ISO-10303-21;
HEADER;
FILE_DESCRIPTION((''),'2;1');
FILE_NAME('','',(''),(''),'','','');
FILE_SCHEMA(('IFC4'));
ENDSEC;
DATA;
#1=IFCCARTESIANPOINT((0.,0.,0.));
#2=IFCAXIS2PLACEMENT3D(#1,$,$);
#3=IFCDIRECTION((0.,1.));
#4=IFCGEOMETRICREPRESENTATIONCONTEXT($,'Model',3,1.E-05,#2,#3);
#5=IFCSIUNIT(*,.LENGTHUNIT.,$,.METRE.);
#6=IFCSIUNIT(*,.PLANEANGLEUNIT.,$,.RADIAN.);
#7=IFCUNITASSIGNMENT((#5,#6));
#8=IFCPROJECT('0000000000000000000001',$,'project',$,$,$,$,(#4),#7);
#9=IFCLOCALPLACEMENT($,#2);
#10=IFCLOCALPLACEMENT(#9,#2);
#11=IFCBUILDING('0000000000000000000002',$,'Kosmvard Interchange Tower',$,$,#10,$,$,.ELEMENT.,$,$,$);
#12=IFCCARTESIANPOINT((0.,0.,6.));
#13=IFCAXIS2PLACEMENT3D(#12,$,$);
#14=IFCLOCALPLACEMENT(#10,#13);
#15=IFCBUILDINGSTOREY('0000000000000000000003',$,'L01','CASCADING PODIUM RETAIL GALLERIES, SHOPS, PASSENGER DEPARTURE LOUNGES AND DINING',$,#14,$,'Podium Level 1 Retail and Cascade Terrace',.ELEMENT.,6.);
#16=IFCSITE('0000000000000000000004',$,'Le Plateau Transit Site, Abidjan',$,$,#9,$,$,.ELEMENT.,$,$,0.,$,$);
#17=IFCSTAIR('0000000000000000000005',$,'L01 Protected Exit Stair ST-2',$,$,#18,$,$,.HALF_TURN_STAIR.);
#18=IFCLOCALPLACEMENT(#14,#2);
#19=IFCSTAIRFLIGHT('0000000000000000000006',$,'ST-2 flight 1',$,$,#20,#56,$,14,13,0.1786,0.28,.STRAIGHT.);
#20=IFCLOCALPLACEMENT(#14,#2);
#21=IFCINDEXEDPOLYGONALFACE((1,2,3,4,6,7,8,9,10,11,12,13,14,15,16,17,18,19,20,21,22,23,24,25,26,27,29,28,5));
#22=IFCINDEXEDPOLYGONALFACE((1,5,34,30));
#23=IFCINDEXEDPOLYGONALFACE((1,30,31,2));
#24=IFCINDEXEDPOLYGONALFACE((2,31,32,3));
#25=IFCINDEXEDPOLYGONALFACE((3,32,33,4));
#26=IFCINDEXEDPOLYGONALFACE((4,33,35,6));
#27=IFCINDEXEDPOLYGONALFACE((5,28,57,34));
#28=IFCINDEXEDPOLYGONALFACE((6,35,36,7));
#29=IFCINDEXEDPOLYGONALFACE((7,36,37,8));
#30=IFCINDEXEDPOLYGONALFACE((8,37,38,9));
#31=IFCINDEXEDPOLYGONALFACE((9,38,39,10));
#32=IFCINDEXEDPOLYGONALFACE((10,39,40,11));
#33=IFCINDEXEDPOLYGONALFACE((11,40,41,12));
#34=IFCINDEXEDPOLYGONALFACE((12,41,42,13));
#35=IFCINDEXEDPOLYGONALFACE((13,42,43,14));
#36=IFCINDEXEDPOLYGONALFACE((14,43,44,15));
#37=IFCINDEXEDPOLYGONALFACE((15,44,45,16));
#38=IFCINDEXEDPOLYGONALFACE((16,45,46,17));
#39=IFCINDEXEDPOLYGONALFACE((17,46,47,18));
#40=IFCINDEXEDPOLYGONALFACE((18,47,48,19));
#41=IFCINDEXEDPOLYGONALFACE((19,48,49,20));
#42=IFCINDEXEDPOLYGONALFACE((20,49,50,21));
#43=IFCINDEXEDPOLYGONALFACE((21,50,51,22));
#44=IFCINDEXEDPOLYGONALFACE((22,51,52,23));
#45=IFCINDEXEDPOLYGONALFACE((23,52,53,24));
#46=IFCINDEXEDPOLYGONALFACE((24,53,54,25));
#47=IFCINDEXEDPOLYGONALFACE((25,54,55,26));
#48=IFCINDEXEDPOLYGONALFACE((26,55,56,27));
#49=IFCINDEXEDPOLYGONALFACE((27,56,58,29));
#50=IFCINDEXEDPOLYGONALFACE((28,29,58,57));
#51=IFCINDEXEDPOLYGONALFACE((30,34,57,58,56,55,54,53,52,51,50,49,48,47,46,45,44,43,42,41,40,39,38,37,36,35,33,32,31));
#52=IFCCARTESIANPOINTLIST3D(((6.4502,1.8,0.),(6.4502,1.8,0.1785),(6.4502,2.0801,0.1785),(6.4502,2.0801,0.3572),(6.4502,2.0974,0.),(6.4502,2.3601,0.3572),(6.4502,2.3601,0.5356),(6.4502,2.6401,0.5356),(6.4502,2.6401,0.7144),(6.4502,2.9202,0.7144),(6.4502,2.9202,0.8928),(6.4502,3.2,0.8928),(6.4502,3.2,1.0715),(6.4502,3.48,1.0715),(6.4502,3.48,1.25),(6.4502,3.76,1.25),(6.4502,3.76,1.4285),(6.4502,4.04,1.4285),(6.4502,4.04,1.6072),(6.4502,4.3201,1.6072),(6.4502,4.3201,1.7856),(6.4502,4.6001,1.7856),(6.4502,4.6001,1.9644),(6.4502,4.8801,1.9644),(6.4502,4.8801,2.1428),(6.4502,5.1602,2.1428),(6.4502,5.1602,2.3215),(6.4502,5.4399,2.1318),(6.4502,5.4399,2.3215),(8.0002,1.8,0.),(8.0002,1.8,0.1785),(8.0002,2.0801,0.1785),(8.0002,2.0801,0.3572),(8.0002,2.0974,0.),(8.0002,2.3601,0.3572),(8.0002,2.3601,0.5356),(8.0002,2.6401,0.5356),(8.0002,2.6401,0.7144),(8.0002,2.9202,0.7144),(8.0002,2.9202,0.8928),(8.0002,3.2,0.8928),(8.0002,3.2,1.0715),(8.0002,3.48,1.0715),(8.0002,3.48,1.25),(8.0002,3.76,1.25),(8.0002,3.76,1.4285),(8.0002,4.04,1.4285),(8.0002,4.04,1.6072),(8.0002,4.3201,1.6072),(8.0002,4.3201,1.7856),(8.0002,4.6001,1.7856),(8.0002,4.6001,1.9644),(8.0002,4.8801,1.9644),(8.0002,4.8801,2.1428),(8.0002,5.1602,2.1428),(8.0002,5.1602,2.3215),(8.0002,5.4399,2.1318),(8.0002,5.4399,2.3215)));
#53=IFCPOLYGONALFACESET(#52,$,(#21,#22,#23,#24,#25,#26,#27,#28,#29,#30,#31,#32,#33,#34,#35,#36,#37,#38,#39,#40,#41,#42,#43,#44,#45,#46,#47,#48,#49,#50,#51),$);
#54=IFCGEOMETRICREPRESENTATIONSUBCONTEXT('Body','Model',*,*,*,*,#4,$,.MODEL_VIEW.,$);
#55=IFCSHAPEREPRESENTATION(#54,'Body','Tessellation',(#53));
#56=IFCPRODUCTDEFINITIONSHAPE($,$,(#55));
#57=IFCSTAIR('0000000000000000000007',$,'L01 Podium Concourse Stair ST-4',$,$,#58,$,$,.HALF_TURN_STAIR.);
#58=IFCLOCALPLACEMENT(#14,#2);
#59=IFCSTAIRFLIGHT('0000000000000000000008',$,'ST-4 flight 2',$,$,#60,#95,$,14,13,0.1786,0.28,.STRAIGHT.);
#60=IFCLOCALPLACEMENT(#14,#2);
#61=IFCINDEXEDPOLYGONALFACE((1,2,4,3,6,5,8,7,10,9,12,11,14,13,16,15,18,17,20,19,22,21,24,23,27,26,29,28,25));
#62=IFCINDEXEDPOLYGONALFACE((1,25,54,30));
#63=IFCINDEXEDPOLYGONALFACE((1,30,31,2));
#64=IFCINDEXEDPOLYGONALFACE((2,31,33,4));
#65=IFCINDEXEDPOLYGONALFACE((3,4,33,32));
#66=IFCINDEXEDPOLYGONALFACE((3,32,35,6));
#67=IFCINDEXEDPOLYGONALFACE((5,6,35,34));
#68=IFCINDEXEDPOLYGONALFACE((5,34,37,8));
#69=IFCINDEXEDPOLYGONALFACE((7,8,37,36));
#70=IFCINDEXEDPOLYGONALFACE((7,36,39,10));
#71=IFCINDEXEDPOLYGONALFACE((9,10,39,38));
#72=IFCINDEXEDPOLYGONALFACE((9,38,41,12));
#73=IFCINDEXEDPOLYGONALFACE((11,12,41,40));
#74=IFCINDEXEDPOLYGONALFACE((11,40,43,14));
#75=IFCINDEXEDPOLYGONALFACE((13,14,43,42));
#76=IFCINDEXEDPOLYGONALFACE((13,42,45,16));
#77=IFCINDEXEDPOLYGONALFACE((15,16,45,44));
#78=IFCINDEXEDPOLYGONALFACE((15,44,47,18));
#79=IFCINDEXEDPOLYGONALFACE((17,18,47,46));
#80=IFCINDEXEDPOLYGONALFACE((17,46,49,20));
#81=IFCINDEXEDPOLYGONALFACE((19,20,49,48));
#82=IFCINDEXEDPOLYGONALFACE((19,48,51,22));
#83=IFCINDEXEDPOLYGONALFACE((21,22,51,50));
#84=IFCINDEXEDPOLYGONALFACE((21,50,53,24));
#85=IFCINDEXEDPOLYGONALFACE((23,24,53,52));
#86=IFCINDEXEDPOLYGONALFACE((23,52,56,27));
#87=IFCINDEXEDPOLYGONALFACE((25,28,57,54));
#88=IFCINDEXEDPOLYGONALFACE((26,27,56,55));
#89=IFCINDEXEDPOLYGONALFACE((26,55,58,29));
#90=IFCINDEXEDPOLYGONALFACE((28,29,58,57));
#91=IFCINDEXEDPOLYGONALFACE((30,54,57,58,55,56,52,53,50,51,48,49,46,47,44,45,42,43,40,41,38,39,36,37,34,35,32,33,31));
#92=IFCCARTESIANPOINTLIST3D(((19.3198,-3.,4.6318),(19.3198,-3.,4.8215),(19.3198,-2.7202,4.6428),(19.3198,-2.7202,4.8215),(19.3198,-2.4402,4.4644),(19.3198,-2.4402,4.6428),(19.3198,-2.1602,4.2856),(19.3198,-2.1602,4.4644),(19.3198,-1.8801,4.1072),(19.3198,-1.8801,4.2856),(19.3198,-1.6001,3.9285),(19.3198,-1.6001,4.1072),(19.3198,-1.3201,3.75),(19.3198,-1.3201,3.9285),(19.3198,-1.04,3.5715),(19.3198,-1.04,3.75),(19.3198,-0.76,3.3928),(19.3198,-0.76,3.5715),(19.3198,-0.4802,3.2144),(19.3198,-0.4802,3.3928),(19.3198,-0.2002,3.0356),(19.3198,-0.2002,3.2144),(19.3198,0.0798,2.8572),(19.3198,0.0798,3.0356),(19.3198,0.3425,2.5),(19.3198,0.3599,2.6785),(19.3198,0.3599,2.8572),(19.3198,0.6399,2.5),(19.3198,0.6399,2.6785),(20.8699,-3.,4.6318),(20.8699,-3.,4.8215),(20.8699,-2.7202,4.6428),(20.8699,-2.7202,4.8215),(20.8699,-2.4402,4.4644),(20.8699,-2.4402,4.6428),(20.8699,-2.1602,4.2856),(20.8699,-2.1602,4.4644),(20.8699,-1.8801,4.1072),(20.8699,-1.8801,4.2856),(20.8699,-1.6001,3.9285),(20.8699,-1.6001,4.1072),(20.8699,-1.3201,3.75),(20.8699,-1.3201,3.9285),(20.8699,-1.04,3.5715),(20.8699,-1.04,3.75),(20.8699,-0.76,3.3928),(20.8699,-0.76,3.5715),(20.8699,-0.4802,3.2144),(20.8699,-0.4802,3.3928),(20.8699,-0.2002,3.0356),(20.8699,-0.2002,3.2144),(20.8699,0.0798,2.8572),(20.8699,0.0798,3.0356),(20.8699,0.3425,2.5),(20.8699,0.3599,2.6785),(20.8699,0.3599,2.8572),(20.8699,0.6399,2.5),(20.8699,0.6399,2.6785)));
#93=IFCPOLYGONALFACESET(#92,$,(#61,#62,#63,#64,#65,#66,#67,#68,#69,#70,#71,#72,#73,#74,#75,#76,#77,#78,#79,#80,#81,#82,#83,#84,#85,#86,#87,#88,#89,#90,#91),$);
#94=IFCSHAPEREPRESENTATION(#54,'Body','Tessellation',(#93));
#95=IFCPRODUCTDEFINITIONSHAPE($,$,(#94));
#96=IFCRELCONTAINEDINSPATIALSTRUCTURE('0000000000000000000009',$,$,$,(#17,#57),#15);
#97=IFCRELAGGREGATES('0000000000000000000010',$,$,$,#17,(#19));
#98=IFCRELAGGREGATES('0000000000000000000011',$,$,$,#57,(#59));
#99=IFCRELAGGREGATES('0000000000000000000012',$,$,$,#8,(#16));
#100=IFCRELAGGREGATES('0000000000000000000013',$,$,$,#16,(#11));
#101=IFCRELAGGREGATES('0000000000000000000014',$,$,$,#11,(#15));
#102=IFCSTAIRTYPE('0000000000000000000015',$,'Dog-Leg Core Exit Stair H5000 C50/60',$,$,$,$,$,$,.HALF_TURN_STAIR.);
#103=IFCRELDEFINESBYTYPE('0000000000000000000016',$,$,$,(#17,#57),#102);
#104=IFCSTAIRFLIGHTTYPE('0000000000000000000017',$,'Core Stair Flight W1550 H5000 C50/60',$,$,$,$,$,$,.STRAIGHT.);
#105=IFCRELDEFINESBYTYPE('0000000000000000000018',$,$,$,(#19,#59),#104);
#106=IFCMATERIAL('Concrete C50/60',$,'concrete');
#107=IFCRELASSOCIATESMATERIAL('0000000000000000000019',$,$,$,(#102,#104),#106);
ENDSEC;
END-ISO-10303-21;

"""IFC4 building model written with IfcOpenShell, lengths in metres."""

from ifc_helpers import new_model, si_unit, direction, frame, origin, place, context, subcontext, project, spatial, polyline, outline, extrude, source, transform, mapped, material, type_object, element, aggregate, save


model = new_model("IFC4")

# Units and contexts
model_context = context("Model", 3, precision=1e-05, world=origin(), true_north=direction((0.0, 1.0)))
body_context = subcontext(model_context, "Body", "Model", "MODEL_VIEW")
ifc_project = project(units=[si_unit("LENGTHUNIT", "METRE"), si_unit("PLANEANGLEUNIT", "RADIAN")], contexts=[model_context])

# Site, building, storey
site_placement = place(None, origin())
site = spatial("IfcSite", under=ifc_project, at=site_placement, Name="Le Plateau Transit Site, Abidjan", CompositionType="ELEMENT", RefElevation=0.0)
building_placement = place(site_placement, origin())
building = spatial("IfcBuilding", under=site, at=building_placement, Name="Kosmvard Interchange Tower", CompositionType="ELEMENT")
storey_placement = place(building_placement, frame((0.0, 0.0, 6.0)))
storey = spatial("IfcBuildingStorey", under=building, at=storey_placement, Name="L01", Description="CASCADING PODIUM RETAIL GALLERIES, SHOPS, PASSENGER DEPARTURE LOUNGES AND DINING", LongName="Podium Level 1 Retail and Cascade Terrace", CompositionType="ELEMENT", Elevation=6.0)

# Stairs, stair flights
ifc_material_1 = material(Name="Concrete C50/60", Category="concrete")
stair_type = type_object("IfcStairType", Name="Dog-Leg Core Exit Stair H5000 C50/60", PredefinedType="HALF_TURN_STAIR", material=ifc_material_1)
stair_1_placement = place(storey_placement, origin())
stair_1 = element("IfcStair", 1, at=stair_1_placement, inside=storey, type_object=stair_type, Name="L01 Protected Exit Stair ST-2", PredefinedType="HALF_TURN_STAIR")
stair_flight_type = type_object("IfcStairFlightType", Name="Core Stair Flight W1550 H5000 C50/60", PredefinedType="STRAIGHT", material=ifc_material_1)
shared_shape_1 = source(origin(), body_context, "Body", "SweptSolid", [
    extrude(outline(polyline([(0.0, 0.0), (0.0, 0.1785), (0.28, 0.1785), (0.28, 0.3572), (0.5601, 0.3572), (0.5601, 0.5356), (0.8401, 0.5356), (0.8401, 0.7144), (1.1201, 0.7144), (1.1201, 0.8928), (1.3999, 0.8928), (1.3999, 1.0715), (1.6799, 1.0715), (1.6799, 1.25), (1.96, 1.25), (1.96, 1.4285), (2.24, 1.4285), (2.24, 1.6072), (2.52, 1.6072), (2.52, 1.7856), (2.8, 1.7856), (2.8, 1.9644), (3.0801, 1.9644), (3.0801, 2.1428), (3.3601, 2.1428), (3.3601, 2.3215), (3.6399, 2.3215), (3.6399, 2.5), (3.6399, 2.1318), (0.2974, 0.0), (0.0, 0.0)])), frame((0.0, 0.7749, 0.0), z_axis=(0.0, -1.0, 0.0), x_axis=(1.0, 0.0, 0.0)), (0.0, 0.0, 1.0), 1.55),
])
stair_flight_1_placement = place(storey_placement, frame((7.2251, 1.8, 0.0), z_axis=(0.0, 0.0, 1.0), x_axis=(0.0, 1.0, 0.0)))
stair_flight_1 = element("IfcStairFlight", 2, at=stair_flight_1_placement, type_object=stair_flight_type, Name="ST-2 flight 1", NumberOfRisers=14, NumberOfTreads=13, PredefinedType="STRAIGHT", RiserHeight=0.1786, TreadLength=0.28, context=body_context, shape_type="MappedRepresentation", body=[
    mapped(shared_shape_1, transform((0.0, 0.0, 0.0), scale=1.0)),
])
aggregate(stair_1, [stair_flight_1])
stair_2_placement = place(storey_placement, origin())
stair_2 = element("IfcStair", 3, at=stair_2_placement, inside=storey, type_object=stair_type, Name="L01 Podium Concourse Stair ST-4", PredefinedType="HALF_TURN_STAIR")
stair_flight_2_placement = place(storey_placement, frame((20.095, 0.6399, 2.5), z_axis=(0.0, 0.0, 1.0), x_axis=(0.0, -1.0, 0.0)))
stair_flight_2 = element("IfcStairFlight", 4, at=stair_flight_2_placement, type_object=stair_flight_type, Name="ST-4 flight 2", NumberOfRisers=14, NumberOfTreads=13, PredefinedType="STRAIGHT", RiserHeight=0.1786, TreadLength=0.28, context=body_context, shape_type="MappedRepresentation", body=[
    mapped(shared_shape_1, transform((0.0, 0.0, 0.0), scale=1.0)),
])
aggregate(stair_2, [stair_flight_2])

save(model, "model.ifc")
